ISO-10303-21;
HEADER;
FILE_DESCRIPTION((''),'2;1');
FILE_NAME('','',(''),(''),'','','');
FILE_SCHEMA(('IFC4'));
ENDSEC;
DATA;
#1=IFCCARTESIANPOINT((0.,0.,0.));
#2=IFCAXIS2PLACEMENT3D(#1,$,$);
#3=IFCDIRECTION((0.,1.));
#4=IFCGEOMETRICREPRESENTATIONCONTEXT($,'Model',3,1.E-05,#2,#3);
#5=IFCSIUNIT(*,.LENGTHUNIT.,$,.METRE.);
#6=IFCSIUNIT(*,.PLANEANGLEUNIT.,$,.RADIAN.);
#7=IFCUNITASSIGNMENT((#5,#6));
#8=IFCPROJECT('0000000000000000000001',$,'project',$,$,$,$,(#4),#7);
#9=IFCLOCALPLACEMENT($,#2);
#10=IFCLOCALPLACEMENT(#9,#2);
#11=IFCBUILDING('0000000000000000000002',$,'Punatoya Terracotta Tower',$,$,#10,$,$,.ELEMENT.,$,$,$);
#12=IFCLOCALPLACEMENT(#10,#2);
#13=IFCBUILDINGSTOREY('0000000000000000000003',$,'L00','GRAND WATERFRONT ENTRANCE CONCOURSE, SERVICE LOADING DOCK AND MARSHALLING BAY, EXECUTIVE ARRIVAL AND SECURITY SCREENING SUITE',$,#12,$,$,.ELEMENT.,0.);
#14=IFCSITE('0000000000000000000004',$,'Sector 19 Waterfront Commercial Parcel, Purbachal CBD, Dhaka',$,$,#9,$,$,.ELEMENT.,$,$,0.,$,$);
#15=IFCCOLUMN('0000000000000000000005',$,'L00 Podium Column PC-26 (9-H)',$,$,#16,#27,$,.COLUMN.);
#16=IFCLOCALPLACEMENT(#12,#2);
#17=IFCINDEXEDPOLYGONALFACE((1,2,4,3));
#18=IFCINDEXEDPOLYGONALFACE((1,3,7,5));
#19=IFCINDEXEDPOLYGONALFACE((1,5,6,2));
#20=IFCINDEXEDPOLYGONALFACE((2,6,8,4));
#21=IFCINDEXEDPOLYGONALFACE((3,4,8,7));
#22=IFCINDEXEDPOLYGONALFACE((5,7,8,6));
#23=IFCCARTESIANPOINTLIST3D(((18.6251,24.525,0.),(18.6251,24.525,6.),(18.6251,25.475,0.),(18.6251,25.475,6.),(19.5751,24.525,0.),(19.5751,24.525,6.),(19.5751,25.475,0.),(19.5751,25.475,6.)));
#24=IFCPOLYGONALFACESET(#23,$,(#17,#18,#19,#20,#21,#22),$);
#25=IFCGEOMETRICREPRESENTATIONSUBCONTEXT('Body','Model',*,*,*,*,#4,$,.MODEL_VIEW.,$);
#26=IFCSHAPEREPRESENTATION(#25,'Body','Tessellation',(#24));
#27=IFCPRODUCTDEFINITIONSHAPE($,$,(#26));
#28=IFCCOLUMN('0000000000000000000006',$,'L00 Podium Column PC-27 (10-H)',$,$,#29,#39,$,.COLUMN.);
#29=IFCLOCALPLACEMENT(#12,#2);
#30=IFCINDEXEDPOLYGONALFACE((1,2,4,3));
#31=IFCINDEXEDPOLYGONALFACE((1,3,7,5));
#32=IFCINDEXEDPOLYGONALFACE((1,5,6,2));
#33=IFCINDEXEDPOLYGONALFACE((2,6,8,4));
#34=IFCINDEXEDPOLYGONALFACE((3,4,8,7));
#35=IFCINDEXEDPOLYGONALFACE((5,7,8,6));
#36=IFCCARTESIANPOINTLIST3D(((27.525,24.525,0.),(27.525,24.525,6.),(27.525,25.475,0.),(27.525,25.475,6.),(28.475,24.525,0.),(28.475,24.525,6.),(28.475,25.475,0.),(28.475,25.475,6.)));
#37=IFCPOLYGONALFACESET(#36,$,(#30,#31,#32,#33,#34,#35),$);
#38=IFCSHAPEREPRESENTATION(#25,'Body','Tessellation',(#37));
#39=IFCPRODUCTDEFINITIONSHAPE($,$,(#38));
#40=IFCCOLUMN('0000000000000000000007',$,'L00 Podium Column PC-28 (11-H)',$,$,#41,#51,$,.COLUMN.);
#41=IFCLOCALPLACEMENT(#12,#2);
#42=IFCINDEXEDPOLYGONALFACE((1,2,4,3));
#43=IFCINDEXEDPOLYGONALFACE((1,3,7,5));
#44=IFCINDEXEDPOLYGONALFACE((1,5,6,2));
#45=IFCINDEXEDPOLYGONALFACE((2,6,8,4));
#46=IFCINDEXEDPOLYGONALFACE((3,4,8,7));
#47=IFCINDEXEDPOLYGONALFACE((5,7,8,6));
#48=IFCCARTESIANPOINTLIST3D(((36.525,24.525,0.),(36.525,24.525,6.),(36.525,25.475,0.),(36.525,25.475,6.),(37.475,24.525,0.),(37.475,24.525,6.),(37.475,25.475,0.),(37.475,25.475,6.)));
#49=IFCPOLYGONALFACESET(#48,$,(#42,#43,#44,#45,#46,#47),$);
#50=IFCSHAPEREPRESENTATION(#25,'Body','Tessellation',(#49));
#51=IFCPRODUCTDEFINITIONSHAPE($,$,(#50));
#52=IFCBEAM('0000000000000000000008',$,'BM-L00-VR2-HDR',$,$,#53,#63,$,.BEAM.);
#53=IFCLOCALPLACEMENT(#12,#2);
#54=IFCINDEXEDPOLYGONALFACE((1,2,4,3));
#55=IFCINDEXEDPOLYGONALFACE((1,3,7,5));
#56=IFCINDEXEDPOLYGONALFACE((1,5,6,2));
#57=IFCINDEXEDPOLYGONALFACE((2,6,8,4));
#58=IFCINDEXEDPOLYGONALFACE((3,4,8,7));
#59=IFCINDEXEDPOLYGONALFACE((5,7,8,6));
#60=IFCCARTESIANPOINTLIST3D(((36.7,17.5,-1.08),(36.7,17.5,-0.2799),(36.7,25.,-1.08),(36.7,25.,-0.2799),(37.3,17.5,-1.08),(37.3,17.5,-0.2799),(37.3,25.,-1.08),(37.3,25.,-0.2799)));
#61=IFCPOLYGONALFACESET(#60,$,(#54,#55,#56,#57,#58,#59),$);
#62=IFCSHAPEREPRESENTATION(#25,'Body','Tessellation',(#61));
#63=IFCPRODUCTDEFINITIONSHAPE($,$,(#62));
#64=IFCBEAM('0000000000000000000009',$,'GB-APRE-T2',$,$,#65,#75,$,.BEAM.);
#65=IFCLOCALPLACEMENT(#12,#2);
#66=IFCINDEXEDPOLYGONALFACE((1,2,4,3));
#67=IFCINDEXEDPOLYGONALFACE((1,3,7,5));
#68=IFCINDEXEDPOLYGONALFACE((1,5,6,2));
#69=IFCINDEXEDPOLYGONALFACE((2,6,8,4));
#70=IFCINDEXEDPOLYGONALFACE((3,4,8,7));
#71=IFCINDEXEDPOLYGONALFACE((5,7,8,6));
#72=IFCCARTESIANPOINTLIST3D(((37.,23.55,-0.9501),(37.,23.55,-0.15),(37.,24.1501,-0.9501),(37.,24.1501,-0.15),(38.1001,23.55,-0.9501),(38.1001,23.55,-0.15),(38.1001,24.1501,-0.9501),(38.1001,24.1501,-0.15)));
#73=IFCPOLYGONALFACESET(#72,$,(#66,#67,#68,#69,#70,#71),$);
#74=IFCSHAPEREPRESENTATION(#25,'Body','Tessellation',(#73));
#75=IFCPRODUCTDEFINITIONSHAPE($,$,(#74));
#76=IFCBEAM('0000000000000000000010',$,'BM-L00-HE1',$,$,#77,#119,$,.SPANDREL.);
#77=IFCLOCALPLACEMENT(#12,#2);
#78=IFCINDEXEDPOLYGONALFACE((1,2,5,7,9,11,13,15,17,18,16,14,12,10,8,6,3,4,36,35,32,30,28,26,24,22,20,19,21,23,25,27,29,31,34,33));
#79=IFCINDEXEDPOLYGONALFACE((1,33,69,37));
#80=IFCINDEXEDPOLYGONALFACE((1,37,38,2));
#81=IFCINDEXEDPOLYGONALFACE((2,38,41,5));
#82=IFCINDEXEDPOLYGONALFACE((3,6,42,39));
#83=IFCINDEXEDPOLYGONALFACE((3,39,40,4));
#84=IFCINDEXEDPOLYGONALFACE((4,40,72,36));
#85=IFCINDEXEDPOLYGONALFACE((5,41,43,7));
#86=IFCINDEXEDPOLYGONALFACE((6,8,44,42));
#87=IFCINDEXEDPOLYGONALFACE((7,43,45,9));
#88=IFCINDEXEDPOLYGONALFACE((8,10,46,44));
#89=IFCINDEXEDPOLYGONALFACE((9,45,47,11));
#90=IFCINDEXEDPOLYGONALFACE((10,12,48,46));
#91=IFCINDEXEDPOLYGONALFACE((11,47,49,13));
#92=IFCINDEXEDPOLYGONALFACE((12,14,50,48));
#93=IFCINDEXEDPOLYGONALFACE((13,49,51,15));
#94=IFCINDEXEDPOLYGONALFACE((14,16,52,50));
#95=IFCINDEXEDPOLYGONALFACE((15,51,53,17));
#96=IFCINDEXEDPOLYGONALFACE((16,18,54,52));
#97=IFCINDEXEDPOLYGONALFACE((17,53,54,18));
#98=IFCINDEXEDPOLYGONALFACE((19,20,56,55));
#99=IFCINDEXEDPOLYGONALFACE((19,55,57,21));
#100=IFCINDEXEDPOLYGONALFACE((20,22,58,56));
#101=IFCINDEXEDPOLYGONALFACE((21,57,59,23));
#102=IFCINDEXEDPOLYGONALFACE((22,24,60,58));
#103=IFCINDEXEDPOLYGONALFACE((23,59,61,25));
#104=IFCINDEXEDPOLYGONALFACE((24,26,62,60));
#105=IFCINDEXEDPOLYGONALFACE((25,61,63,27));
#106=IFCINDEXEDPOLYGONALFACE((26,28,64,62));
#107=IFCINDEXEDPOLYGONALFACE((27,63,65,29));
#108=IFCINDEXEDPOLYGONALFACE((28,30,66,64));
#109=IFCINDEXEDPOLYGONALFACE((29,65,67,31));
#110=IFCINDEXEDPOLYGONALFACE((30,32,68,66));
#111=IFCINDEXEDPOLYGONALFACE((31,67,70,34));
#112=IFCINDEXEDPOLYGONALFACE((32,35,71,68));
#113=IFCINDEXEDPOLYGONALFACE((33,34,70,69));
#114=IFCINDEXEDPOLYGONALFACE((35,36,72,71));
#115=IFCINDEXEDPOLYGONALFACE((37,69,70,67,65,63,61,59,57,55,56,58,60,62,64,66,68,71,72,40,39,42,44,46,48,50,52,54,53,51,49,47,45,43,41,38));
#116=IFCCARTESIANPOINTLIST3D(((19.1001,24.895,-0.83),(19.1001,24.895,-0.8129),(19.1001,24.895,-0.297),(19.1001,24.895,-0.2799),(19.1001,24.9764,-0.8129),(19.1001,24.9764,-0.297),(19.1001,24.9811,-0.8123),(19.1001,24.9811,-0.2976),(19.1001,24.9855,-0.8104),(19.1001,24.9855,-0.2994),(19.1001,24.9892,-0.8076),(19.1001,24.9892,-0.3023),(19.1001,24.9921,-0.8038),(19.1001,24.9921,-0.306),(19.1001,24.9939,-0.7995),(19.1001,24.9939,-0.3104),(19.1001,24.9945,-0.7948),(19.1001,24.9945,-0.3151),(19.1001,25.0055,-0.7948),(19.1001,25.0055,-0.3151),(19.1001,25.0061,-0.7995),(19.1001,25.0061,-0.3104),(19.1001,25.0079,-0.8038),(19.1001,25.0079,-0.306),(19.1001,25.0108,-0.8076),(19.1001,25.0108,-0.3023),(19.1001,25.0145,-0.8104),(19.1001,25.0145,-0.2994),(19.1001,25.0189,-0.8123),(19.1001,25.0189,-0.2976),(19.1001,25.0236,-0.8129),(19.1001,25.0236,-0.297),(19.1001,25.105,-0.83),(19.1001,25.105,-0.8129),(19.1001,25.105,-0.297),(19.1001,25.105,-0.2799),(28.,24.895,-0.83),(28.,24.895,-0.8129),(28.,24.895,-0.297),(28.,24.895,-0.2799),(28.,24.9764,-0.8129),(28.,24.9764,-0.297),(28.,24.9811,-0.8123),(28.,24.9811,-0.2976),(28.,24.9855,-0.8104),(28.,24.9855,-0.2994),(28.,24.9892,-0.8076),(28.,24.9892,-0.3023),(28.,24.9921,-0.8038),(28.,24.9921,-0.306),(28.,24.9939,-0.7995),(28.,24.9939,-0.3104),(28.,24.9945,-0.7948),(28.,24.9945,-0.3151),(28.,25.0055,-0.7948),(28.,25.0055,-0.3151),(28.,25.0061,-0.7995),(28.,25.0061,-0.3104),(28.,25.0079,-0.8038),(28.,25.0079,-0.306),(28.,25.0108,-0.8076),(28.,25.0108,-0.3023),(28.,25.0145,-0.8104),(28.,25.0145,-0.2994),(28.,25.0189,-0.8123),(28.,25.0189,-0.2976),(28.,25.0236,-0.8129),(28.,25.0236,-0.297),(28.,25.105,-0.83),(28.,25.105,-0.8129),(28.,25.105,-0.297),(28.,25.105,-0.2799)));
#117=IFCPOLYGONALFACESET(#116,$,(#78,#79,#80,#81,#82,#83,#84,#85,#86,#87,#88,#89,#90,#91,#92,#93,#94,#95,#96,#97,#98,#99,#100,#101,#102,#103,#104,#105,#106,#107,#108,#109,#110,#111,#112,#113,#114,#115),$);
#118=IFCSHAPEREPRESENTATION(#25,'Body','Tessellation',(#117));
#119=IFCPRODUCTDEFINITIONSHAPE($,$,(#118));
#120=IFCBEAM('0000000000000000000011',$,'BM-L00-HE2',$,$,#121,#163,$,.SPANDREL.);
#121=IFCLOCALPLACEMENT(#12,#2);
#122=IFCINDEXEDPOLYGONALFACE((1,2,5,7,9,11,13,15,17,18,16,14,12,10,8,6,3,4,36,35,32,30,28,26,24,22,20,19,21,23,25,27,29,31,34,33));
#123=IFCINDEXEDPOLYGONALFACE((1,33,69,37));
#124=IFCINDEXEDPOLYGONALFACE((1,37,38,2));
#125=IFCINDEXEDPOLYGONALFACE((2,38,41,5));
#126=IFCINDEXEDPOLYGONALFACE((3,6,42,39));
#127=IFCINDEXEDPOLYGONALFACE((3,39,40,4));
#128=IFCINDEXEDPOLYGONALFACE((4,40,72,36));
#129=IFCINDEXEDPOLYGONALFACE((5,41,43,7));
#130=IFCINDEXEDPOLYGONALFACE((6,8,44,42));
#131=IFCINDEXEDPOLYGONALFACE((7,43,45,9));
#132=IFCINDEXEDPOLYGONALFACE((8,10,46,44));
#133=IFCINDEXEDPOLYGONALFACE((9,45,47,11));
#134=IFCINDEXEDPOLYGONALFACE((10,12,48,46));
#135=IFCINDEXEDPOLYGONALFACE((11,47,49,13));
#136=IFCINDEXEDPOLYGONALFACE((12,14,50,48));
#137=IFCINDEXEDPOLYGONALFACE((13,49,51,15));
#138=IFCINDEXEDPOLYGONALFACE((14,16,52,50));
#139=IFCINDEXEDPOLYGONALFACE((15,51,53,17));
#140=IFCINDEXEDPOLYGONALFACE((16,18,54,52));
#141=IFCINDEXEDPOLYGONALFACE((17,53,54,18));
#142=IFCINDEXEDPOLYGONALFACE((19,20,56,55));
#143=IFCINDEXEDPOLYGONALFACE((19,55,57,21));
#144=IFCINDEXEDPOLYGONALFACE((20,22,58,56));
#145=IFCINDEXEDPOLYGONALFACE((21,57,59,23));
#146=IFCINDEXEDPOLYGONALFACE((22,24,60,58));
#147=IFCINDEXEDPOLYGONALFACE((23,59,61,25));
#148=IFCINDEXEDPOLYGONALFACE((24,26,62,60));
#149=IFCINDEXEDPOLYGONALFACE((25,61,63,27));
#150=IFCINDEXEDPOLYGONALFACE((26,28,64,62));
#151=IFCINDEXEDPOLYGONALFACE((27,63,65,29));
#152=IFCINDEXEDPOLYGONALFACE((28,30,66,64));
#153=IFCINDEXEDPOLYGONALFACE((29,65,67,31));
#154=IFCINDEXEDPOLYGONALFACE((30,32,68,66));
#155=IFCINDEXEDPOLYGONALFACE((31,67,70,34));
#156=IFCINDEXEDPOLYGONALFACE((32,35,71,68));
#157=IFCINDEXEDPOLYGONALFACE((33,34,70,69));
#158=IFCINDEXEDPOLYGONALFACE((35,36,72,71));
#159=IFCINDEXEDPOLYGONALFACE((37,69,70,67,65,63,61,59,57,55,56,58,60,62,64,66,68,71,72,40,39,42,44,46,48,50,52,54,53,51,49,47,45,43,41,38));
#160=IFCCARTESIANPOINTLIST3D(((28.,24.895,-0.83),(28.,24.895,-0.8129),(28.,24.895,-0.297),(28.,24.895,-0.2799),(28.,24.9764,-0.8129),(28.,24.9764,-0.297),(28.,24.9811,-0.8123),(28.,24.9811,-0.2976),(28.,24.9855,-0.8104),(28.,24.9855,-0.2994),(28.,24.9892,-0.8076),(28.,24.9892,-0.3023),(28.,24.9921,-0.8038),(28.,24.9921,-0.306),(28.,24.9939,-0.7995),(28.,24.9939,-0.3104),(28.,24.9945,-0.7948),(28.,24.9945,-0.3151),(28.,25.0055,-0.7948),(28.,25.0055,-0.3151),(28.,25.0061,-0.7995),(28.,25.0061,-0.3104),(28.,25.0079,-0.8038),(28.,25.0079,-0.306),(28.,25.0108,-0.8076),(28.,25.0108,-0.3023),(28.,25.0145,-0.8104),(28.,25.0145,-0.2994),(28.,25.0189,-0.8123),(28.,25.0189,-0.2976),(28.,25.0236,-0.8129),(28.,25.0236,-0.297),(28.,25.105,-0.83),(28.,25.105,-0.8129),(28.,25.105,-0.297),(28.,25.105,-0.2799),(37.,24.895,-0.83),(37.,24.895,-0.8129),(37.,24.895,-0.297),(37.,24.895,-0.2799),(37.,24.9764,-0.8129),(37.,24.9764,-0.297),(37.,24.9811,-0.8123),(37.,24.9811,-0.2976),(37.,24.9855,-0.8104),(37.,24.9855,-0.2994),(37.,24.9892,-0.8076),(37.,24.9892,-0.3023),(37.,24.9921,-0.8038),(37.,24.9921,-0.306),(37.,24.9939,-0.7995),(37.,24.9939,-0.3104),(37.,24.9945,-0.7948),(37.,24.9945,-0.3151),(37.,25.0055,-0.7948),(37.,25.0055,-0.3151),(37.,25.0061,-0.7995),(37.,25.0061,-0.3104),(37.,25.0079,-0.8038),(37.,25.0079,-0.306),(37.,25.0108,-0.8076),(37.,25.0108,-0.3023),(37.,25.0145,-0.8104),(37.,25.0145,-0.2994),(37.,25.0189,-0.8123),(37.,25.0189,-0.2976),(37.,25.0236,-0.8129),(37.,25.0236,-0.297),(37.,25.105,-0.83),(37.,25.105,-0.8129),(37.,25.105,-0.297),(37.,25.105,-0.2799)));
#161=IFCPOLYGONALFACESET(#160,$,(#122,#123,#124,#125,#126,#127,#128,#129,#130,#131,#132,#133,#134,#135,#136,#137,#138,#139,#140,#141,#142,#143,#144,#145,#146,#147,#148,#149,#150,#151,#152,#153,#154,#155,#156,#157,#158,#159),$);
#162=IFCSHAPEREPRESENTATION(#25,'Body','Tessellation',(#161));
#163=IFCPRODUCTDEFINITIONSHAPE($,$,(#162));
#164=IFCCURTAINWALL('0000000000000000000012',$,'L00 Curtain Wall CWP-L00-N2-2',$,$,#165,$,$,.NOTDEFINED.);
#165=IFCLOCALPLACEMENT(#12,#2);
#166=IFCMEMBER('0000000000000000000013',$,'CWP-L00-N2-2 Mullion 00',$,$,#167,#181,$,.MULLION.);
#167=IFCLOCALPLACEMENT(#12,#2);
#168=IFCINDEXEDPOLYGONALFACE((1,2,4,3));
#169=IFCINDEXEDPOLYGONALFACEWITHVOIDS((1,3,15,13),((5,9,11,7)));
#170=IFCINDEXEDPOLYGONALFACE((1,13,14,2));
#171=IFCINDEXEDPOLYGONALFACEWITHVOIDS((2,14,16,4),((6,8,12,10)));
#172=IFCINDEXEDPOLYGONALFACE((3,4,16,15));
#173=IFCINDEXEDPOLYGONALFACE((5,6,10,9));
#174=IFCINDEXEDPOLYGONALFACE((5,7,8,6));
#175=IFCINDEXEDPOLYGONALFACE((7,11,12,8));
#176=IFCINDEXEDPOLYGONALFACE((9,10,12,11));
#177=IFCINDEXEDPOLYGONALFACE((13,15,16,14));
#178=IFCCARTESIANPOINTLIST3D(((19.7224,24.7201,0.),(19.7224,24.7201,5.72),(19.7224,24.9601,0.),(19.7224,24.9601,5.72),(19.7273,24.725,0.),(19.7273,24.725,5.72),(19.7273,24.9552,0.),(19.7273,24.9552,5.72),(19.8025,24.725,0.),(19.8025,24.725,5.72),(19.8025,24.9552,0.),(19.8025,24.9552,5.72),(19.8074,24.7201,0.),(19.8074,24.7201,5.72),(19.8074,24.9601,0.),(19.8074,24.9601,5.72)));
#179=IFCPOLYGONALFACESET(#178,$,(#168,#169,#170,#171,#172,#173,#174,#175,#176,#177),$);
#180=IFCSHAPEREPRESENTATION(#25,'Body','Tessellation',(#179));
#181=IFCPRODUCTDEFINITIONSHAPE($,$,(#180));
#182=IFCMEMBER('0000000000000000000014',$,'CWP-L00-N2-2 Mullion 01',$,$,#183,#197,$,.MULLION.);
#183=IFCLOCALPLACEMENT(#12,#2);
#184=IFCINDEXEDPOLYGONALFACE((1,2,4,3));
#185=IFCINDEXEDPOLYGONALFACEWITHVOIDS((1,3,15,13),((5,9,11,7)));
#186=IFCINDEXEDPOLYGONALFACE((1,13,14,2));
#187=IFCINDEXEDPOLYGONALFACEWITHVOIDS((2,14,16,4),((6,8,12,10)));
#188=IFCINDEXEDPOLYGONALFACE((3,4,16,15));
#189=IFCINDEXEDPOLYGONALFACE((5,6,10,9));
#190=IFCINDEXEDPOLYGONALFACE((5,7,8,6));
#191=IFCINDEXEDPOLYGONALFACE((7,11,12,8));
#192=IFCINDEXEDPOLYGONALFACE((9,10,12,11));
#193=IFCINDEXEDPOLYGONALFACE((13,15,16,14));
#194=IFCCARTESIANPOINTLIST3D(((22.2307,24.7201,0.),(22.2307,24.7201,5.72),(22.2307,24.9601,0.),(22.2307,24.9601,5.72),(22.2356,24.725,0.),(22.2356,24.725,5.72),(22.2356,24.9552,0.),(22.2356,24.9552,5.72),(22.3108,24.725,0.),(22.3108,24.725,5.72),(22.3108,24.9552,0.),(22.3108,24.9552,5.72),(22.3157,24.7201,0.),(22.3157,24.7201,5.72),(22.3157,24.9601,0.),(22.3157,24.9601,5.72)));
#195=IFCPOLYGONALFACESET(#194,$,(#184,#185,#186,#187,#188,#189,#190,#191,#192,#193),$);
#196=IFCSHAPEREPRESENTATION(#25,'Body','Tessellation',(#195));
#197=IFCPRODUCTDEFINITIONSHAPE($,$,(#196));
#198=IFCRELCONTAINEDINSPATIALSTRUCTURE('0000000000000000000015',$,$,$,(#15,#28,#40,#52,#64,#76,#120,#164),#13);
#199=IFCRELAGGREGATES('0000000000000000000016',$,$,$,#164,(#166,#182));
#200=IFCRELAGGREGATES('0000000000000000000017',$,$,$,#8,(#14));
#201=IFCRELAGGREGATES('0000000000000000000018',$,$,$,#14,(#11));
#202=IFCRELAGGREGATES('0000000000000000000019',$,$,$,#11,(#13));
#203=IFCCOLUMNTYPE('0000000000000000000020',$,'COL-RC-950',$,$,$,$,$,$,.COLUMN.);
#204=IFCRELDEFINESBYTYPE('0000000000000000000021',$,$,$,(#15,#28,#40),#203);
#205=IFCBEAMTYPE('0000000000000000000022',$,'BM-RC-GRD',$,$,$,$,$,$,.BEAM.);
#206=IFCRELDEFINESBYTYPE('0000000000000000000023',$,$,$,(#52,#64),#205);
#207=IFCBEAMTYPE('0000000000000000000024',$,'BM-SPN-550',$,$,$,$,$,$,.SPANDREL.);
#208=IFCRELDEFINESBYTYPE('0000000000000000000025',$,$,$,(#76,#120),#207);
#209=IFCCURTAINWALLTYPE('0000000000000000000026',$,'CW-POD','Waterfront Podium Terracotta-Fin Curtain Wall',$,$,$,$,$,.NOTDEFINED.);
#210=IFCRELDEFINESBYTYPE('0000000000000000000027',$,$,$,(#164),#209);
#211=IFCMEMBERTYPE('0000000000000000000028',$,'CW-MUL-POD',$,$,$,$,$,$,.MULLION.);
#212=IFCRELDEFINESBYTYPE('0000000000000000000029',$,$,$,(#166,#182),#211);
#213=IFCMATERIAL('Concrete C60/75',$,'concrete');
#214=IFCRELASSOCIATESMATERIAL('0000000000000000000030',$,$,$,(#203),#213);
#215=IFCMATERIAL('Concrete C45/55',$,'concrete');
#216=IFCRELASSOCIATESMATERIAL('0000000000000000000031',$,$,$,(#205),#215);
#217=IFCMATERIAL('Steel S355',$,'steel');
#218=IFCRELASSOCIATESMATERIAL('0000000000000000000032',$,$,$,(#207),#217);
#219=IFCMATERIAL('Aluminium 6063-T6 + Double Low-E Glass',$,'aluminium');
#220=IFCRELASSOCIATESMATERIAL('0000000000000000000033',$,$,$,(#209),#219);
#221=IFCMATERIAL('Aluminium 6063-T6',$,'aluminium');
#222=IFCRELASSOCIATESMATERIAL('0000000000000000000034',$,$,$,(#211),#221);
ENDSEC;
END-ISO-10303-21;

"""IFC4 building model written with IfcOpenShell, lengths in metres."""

from ifc_helpers import new_model, si_unit, direction, frame, origin, origin_2d, place, context, subcontext, project, spatial, rectangle, hollow_rectangle, i_section, extrude, material, material_profile, profile_set, type_object, element, aggregate, save


model = new_model("IFC4")

# Units and contexts
model_context = context("Model", 3, precision=1e-05, world=origin(), true_north=direction((0.0, 1.0)))
body_context = subcontext(model_context, "Body", "Model", "MODEL_VIEW")
ifc_project = project(units=[si_unit("LENGTHUNIT", "METRE"), si_unit("PLANEANGLEUNIT", "RADIAN")], contexts=[model_context])

# Site, building, storey
site_placement = place(None, origin())
site = spatial("IfcSite", under=ifc_project, at=site_placement, Name="Sector 19 Waterfront Commercial Parcel, Purbachal CBD, Dhaka", CompositionType="ELEMENT", RefElevation=0.0)
building_placement = place(site_placement, origin())
building = spatial("IfcBuilding", under=site, at=building_placement, Name="Punatoya Terracotta Tower", CompositionType="ELEMENT")
storey_placement = place(building_placement, origin())
storey = spatial("IfcBuildingStorey", under=building, at=storey_placement, Name="L00", Description="GRAND WATERFRONT ENTRANCE CONCOURSE, SERVICE LOADING DOCK AND MARSHALLING BAY, EXECUTIVE ARRIVAL AND SECURITY SCREENING SUITE", CompositionType="ELEMENT", Elevation=0.0)

# Columns
ifc_material_1 = material(Name="Concrete C60/75", Category="concrete")
ifc_material_profile_1 = material_profile(ifc_material_1, rectangle(XDim=0.95, YDim=0.95, at=origin_2d()))
ifc_profile_set_1 = profile_set([ifc_material_profile_1], Name="Concrete C60/75")
column_type = type_object("IfcColumnType", Name="COL-RC-950", PredefinedType="COLUMN", material=ifc_profile_set_1)
for number, where, z_axis, x_axis, name in (
    (1, (19.1001, 25.0, 0.0), (0.0, 0.0, 1.0), (1.0, 0.0, 0.0), "L00 Podium Column PC-26 (9-H)"),
    (2, (28.0, 25.0, 0.0), (0.0, 0.0, 1.0), (1.0, 0.0, 0.0), "L00 Podium Column PC-27 (10-H)"),
    (3, (37.0, 25.0, 0.0), (0.0, 0.0, 1.0), (1.0, 0.0, 0.0), "L00 Podium Column PC-28 (11-H)"),
):
    element("IfcColumn", number, at=place(storey_placement, frame(where, z_axis=z_axis, x_axis=x_axis)), inside=storey, type_object=column_type, Name=name, PredefinedType="COLUMN", context=body_context, shape_type="SweptSolid", body=[
        extrude(rectangle(XDim=0.95, YDim=0.95, at=origin_2d()), origin(), (0.0, 0.0, 1.0), 6.0),
    ])

# Beams
ifc_material_2 = material(Name="Concrete C45/55", Category="concrete")
ifc_material_profile_2 = material_profile(ifc_material_2, rectangle(XDim=0.6001, YDim=0.8, at=origin_2d()))
ifc_profile_set_2 = profile_set([ifc_material_profile_2], Name="Concrete C45/55")
beam_type_1 = type_object("IfcBeamType", Name="BM-RC-GRD", PredefinedType="BEAM", material=ifc_profile_set_2)
beam_1_placement = place(storey_placement, frame((37.0, 17.5, -0.6799), z_axis=(0.0, 1.0, 0.0), x_axis=(-1.0, 0.0, 0.0)))
element("IfcBeam", 4, at=beam_1_placement, inside=storey, type_object=beam_type_1, Name="BM-L00-VR2-HDR", PredefinedType="BEAM", context=body_context, shape_type="SweptSolid", body=[
    extrude(rectangle(XDim=0.6001, YDim=0.8, at=origin_2d()), origin(), (0.0, 0.0, 1.0), 7.5),
])
beam_2_placement = place(storey_placement, frame((37.0, 23.8501, -0.55), z_axis=(1.0, 0.0, 0.0), x_axis=(0.0, 1.0, 0.0)))
element("IfcBeam", 5, at=beam_2_placement, inside=storey, type_object=beam_type_1, Name="GB-APRE-T2", PredefinedType="BEAM", context=body_context, shape_type="SweptSolid", body=[
    extrude(rectangle(XDim=0.6001, YDim=0.8, at=origin_2d()), origin(), (0.0, 0.0, 1.0), 1.1001),
])
ifc_material_3 = material(Name="Steel S355", Category="steel")
ifc_material_profile_3 = material_profile(ifc_material_3, i_section(OverallWidth=0.21, OverallDepth=0.55, WebThickness=0.011, FlangeThickness=0.0171, FilletRadius=0.0181, at=origin_2d()))
ifc_profile_set_3 = profile_set([ifc_material_profile_3], Name="Steel S355")
beam_type_2 = type_object("IfcBeamType", Name="BM-SPN-550", PredefinedType="SPANDREL", material=ifc_profile_set_3)
beam_3_placement = place(storey_placement, frame((19.1001, 25.0, -0.5549), z_axis=(1.0, 0.0, 0.0), x_axis=(0.0, 1.0, 0.0)))
element("IfcBeam", 6, at=beam_3_placement, inside=storey, type_object=beam_type_2, Name="BM-L00-HE1", PredefinedType="SPANDREL", context=body_context, shape_type="SweptSolid", body=[
    extrude(i_section(OverallWidth=0.21, OverallDepth=0.55, WebThickness=0.011, FlangeThickness=0.0171, FilletRadius=0.0181, at=origin_2d()), origin(), (0.0, 0.0, 1.0), 8.8999),
])
beam_4_placement = place(storey_placement, frame((28.0, 25.0, -0.5549), z_axis=(1.0, 0.0, 0.0), x_axis=(0.0, 1.0, 0.0)))
element("IfcBeam", 7, at=beam_4_placement, inside=storey, type_object=beam_type_2, Name="BM-L00-HE2", PredefinedType="SPANDREL", context=body_context, shape_type="SweptSolid", body=[
    extrude(i_section(OverallWidth=0.21, OverallDepth=0.55, WebThickness=0.011, FlangeThickness=0.0171, FilletRadius=0.0181, at=origin_2d()), origin(), (0.0, 0.0, 1.0), 9.0),
])

# Curtain wall, members
ifc_material_4 = material(Name="Aluminium 6063-T6 + Double Low-E Glass", Category="aluminium")
curtain_wall_type = type_object("IfcCurtainWallType", Name="CW-POD", Description="Waterfront Podium Terracotta-Fin Curtain Wall", PredefinedType="NOTDEFINED", material=ifc_material_4)
curtain_wall_1_placement = place(storey_placement, origin())
curtain_wall_1 = element("IfcCurtainWall", 8, at=curtain_wall_1_placement, inside=storey, type_object=curtain_wall_type, Name="L00 Curtain Wall CWP-L00-N2-2", PredefinedType="NOTDEFINED")
ifc_material_5 = material(Name="Aluminium 6063-T6", Category="aluminium")
ifc_material_profile_4 = material_profile(ifc_material_5, hollow_rectangle(XDim=0.085, YDim=0.24, WallThickness=0.0049, at=origin_2d()))
ifc_profile_set_4 = profile_set([ifc_material_profile_4], Name="Aluminium 6063-T6")
member_type_1 = type_object("IfcMemberType", Name="CW-MUL-POD", PredefinedType="MULLION", material=ifc_profile_set_4)
member_1_placement = place(storey_placement, frame((19.7649, 24.8401, 0.0), z_axis=(0.0, 0.0, 1.0), x_axis=(1.0, 0.0, 0.0)))
member_1 = element("IfcMember", 9, at=member_1_placement, type_object=member_type_1, Name="CWP-L00-N2-2 Mullion 00", PredefinedType="MULLION", context=body_context, shape_type="SweptSolid", body=[
    extrude(hollow_rectangle(XDim=0.085, YDim=0.24, WallThickness=0.0049, at=origin_2d()), origin(), (0.0, 0.0, 1.0), 5.72),
])
member_2_placement = place(storey_placement, frame((22.2732, 24.8401, 0.0), z_axis=(0.0, 0.0, 1.0), x_axis=(1.0, 0.0, 0.0)))
member_2 = element("IfcMember", 10, at=member_2_placement, type_object=member_type_1, Name="CWP-L00-N2-2 Mullion 01", PredefinedType="MULLION", context=body_context, shape_type="SweptSolid", body=[
    extrude(hollow_rectangle(XDim=0.085, YDim=0.24, WallThickness=0.0049, at=origin_2d()), origin(), (0.0, 0.0, 1.0), 5.72),
])

aggregate(curtain_wall_1, [member_1, member_2])

save(model, "model.ifc")
